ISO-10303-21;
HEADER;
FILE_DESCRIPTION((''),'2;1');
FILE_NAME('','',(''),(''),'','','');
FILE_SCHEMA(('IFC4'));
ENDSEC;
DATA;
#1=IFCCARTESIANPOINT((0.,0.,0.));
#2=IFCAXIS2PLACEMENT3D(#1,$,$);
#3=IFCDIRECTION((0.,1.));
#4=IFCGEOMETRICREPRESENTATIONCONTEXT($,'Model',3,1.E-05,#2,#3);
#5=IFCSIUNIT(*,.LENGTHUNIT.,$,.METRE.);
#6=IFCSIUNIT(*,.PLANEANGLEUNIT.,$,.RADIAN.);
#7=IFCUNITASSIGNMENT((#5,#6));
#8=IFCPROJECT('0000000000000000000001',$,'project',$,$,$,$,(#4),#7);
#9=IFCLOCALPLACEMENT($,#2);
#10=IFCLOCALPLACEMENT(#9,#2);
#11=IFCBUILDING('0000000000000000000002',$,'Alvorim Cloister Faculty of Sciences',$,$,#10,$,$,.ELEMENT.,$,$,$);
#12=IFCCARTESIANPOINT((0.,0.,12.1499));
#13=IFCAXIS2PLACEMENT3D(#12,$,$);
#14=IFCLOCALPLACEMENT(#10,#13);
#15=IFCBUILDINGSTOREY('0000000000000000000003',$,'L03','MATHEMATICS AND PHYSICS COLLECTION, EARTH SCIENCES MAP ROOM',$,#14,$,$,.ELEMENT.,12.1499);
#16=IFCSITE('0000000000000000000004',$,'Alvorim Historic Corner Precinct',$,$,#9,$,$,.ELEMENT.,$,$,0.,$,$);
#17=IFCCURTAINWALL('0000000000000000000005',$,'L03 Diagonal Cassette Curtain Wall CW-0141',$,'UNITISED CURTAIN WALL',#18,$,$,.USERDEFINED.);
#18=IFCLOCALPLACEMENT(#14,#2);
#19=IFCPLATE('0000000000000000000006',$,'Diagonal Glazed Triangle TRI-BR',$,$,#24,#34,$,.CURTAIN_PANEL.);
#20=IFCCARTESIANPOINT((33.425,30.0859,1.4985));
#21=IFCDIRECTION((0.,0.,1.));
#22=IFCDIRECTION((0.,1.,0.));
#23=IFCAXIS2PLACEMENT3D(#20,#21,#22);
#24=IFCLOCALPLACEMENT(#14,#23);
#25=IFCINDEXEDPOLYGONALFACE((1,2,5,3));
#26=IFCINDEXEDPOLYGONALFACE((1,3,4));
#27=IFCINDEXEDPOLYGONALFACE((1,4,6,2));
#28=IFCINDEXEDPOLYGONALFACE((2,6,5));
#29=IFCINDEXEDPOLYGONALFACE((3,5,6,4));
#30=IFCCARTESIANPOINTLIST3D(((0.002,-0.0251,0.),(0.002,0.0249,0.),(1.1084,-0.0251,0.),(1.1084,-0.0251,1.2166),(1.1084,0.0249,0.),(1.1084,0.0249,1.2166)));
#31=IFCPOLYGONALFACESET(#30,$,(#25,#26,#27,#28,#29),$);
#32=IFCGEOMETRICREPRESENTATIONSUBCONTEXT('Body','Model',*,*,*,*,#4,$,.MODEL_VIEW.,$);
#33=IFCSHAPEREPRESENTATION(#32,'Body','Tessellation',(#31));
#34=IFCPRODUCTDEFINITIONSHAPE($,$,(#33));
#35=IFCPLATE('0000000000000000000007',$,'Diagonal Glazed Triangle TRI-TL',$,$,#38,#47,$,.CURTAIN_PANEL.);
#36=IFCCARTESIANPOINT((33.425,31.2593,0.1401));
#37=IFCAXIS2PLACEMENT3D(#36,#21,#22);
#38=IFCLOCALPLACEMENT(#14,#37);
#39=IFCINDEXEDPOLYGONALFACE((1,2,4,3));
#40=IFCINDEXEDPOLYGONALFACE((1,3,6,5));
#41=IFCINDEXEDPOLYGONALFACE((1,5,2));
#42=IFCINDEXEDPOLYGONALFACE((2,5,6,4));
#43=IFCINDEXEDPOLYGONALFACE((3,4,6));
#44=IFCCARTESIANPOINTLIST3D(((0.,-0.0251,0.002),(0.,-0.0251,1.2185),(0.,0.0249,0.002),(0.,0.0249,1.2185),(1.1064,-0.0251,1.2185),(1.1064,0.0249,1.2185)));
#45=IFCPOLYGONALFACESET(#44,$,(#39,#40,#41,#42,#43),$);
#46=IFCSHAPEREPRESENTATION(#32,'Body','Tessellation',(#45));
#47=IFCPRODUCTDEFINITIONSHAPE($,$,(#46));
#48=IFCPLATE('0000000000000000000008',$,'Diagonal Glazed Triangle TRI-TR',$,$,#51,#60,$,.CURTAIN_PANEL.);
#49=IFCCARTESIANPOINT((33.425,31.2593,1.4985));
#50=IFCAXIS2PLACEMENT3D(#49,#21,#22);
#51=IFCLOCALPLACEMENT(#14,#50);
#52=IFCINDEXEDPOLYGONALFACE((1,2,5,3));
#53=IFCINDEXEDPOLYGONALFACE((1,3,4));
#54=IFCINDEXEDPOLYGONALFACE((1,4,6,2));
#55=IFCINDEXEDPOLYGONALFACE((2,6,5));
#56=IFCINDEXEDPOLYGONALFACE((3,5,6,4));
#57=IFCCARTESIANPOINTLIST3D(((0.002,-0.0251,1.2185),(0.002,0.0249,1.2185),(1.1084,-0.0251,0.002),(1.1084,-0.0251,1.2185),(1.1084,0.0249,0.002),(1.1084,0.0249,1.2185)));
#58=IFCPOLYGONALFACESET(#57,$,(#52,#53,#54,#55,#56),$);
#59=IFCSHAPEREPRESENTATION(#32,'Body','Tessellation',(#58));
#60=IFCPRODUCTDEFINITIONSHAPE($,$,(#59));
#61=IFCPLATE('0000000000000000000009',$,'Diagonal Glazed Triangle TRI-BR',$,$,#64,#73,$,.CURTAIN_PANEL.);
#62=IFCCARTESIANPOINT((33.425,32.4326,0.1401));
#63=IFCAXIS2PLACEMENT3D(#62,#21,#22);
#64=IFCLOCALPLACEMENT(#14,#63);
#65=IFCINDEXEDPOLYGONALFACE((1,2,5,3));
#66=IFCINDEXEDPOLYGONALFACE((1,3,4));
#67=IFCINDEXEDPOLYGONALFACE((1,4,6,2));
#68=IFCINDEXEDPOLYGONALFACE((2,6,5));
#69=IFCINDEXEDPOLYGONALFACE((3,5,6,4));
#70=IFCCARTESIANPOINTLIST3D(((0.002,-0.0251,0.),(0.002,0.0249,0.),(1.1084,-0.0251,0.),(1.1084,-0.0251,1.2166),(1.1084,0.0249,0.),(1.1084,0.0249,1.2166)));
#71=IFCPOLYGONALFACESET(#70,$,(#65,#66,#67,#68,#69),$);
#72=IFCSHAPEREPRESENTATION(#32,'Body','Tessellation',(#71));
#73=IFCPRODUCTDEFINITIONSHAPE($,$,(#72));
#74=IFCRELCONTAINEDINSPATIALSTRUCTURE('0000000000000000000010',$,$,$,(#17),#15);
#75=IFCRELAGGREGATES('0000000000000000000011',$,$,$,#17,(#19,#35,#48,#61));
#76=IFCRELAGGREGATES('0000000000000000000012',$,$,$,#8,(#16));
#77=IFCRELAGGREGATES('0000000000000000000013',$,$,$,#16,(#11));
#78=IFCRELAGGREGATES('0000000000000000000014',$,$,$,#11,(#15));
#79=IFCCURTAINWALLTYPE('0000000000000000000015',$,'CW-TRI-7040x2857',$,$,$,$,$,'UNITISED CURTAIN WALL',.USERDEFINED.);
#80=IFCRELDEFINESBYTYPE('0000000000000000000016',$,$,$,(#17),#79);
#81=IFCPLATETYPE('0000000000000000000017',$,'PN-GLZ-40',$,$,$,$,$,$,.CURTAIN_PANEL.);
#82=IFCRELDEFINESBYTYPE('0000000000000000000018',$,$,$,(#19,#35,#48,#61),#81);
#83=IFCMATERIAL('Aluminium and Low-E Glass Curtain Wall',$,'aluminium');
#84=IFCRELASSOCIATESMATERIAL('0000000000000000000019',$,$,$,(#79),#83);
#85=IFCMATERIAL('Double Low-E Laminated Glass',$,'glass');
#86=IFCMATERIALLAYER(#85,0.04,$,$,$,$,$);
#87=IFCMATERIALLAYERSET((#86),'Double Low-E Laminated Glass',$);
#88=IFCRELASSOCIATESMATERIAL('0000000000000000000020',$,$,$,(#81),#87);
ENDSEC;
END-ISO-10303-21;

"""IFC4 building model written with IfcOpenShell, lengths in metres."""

from ifc_helpers import new_model, si_unit, direction, frame, origin, place, context, subcontext, project, spatial, polyline, outline, extrude, material, layer, layer_set, type_object, element, aggregate, save


model = new_model("IFC4")

# Units and contexts
model_context = context("Model", 3, precision=1e-05, world=origin(), true_north=direction((0.0, 1.0)))
body_context = subcontext(model_context, "Body", "Model", "MODEL_VIEW")
ifc_project = project(units=[si_unit("LENGTHUNIT", "METRE"), si_unit("PLANEANGLEUNIT", "RADIAN")], contexts=[model_context])

# Site, building, storey
site_placement = place(None, origin())
site = spatial("IfcSite", under=ifc_project, at=site_placement, Name="Alvorim Historic Corner Precinct", CompositionType="ELEMENT", RefElevation=0.0)
building_placement = place(site_placement, origin())
building = spatial("IfcBuilding", under=site, at=building_placement, Name="Alvorim Cloister Faculty of Sciences", CompositionType="ELEMENT")
storey_placement = place(building_placement, frame((0.0, 0.0, 12.1499)))
storey = spatial("IfcBuildingStorey", under=building, at=storey_placement, Name="L03", Description="MATHEMATICS AND PHYSICS COLLECTION, EARTH SCIENCES MAP ROOM", CompositionType="ELEMENT", Elevation=12.1499)

# Curtain wall, plates
ifc_material_1 = material(Name="Aluminium and Low-E Glass Curtain Wall", Category="aluminium")
curtain_wall_type = type_object("IfcCurtainWallType", Name="CW-TRI-7040x2857", ElementType="UNITISED CURTAIN WALL", PredefinedType="USERDEFINED", material=ifc_material_1)
curtain_wall_placement = place(storey_placement, origin())
curtain_wall = element("IfcCurtainWall", 1, at=curtain_wall_placement, inside=storey, type_object=curtain_wall_type, Name="L03 Diagonal Cassette Curtain Wall CW-0141", ObjectType="UNITISED CURTAIN WALL", PredefinedType="USERDEFINED")
ifc_material_2 = material(Name="Double Low-E Laminated Glass", Category="glass")
ifc_layer = layer(ifc_material_2, 0.04)
ifc_layer_set = layer_set([ifc_layer], Name="Double Low-E Laminated Glass")
plate_type = type_object("IfcPlateType", Name="PN-GLZ-40", PredefinedType="CURTAIN_PANEL", material=ifc_layer_set)
plate_1_placement = place(storey_placement, frame((33.425, 30.0859, 1.4985), z_axis=(0.0, 0.0, 1.0), x_axis=(0.0, 1.0, 0.0)))
plate_1 = element("IfcPlate", 2, at=plate_1_placement, type_object=plate_type, Name="Diagonal Glazed Triangle TRI-BR", PredefinedType="CURTAIN_PANEL", context=body_context, shape_type="SweptSolid", body=[
    extrude(outline(polyline([(0.002, 0.0), (1.1084, 0.0), (1.1084, 1.2166), (0.002, 0.0)])), frame((0.0, 0.0249, 0.0), z_axis=(0.0, -1.0, 0.0), x_axis=(1.0, 0.0, 0.0)), (0.0, 0.0, 1.0), 0.05),
])
plate_2_placement = place(storey_placement, frame((33.425, 31.2593, 0.1401), z_axis=(0.0, 0.0, 1.0), x_axis=(0.0, 1.0, 0.0)))
plate_2 = element("IfcPlate", 3, at=plate_2_placement, type_object=plate_type, Name="Diagonal Glazed Triangle TRI-TL", PredefinedType="CURTAIN_PANEL", context=body_context, shape_type="SweptSolid", body=[
    extrude(outline(polyline([(1.1064, 1.2185), (0.0, 1.2185), (0.0, 0.002), (1.1064, 1.2185)])), frame((0.0, 0.0249, 0.0), z_axis=(0.0, -1.0, 0.0), x_axis=(1.0, 0.0, 0.0)), (0.0, 0.0, 1.0), 0.05),
])
plate_3_placement = place(storey_placement, frame((33.425, 31.2593, 1.4985), z_axis=(0.0, 0.0, 1.0), x_axis=(0.0, 1.0, 0.0)))
plate_3 = element("IfcPlate", 4, at=plate_3_placement, type_object=plate_type, Name="Diagonal Glazed Triangle TRI-TR", PredefinedType="CURTAIN_PANEL", context=body_context, shape_type="SweptSolid", body=[
    extrude(outline(polyline([(1.1084, 0.002), (1.1084, 1.2185), (0.002, 1.2185), (1.1084, 0.002)])), frame((0.0, 0.0249, 0.0), z_axis=(0.0, -1.0, 0.0), x_axis=(1.0, 0.0, 0.0)), (0.0, 0.0, 1.0), 0.05),
])
plate_4_placement = place(storey_placement, frame((33.425, 32.4326, 0.1401), z_axis=(0.0, 0.0, 1.0), x_axis=(0.0, 1.0, 0.0)))
plate_4 = element("IfcPlate", 5, at=plate_4_placement, type_object=plate_type, Name="Diagonal Glazed Triangle TRI-BR", PredefinedType="CURTAIN_PANEL", context=body_context, shape_type="SweptSolid", body=[
    extrude(outline(polyline([(0.002, 0.0), (1.1084, 0.0), (1.1084, 1.2166), (0.002, 0.0)])), frame((0.0, 0.0249, 0.0), z_axis=(0.0, -1.0, 0.0), x_axis=(1.0, 0.0, 0.0)), (0.0, 0.0, 1.0), 0.05),
])
aggregate(curtain_wall, [plate_1, plate_2, plate_3, plate_4])

save(model, "model.ifc")
